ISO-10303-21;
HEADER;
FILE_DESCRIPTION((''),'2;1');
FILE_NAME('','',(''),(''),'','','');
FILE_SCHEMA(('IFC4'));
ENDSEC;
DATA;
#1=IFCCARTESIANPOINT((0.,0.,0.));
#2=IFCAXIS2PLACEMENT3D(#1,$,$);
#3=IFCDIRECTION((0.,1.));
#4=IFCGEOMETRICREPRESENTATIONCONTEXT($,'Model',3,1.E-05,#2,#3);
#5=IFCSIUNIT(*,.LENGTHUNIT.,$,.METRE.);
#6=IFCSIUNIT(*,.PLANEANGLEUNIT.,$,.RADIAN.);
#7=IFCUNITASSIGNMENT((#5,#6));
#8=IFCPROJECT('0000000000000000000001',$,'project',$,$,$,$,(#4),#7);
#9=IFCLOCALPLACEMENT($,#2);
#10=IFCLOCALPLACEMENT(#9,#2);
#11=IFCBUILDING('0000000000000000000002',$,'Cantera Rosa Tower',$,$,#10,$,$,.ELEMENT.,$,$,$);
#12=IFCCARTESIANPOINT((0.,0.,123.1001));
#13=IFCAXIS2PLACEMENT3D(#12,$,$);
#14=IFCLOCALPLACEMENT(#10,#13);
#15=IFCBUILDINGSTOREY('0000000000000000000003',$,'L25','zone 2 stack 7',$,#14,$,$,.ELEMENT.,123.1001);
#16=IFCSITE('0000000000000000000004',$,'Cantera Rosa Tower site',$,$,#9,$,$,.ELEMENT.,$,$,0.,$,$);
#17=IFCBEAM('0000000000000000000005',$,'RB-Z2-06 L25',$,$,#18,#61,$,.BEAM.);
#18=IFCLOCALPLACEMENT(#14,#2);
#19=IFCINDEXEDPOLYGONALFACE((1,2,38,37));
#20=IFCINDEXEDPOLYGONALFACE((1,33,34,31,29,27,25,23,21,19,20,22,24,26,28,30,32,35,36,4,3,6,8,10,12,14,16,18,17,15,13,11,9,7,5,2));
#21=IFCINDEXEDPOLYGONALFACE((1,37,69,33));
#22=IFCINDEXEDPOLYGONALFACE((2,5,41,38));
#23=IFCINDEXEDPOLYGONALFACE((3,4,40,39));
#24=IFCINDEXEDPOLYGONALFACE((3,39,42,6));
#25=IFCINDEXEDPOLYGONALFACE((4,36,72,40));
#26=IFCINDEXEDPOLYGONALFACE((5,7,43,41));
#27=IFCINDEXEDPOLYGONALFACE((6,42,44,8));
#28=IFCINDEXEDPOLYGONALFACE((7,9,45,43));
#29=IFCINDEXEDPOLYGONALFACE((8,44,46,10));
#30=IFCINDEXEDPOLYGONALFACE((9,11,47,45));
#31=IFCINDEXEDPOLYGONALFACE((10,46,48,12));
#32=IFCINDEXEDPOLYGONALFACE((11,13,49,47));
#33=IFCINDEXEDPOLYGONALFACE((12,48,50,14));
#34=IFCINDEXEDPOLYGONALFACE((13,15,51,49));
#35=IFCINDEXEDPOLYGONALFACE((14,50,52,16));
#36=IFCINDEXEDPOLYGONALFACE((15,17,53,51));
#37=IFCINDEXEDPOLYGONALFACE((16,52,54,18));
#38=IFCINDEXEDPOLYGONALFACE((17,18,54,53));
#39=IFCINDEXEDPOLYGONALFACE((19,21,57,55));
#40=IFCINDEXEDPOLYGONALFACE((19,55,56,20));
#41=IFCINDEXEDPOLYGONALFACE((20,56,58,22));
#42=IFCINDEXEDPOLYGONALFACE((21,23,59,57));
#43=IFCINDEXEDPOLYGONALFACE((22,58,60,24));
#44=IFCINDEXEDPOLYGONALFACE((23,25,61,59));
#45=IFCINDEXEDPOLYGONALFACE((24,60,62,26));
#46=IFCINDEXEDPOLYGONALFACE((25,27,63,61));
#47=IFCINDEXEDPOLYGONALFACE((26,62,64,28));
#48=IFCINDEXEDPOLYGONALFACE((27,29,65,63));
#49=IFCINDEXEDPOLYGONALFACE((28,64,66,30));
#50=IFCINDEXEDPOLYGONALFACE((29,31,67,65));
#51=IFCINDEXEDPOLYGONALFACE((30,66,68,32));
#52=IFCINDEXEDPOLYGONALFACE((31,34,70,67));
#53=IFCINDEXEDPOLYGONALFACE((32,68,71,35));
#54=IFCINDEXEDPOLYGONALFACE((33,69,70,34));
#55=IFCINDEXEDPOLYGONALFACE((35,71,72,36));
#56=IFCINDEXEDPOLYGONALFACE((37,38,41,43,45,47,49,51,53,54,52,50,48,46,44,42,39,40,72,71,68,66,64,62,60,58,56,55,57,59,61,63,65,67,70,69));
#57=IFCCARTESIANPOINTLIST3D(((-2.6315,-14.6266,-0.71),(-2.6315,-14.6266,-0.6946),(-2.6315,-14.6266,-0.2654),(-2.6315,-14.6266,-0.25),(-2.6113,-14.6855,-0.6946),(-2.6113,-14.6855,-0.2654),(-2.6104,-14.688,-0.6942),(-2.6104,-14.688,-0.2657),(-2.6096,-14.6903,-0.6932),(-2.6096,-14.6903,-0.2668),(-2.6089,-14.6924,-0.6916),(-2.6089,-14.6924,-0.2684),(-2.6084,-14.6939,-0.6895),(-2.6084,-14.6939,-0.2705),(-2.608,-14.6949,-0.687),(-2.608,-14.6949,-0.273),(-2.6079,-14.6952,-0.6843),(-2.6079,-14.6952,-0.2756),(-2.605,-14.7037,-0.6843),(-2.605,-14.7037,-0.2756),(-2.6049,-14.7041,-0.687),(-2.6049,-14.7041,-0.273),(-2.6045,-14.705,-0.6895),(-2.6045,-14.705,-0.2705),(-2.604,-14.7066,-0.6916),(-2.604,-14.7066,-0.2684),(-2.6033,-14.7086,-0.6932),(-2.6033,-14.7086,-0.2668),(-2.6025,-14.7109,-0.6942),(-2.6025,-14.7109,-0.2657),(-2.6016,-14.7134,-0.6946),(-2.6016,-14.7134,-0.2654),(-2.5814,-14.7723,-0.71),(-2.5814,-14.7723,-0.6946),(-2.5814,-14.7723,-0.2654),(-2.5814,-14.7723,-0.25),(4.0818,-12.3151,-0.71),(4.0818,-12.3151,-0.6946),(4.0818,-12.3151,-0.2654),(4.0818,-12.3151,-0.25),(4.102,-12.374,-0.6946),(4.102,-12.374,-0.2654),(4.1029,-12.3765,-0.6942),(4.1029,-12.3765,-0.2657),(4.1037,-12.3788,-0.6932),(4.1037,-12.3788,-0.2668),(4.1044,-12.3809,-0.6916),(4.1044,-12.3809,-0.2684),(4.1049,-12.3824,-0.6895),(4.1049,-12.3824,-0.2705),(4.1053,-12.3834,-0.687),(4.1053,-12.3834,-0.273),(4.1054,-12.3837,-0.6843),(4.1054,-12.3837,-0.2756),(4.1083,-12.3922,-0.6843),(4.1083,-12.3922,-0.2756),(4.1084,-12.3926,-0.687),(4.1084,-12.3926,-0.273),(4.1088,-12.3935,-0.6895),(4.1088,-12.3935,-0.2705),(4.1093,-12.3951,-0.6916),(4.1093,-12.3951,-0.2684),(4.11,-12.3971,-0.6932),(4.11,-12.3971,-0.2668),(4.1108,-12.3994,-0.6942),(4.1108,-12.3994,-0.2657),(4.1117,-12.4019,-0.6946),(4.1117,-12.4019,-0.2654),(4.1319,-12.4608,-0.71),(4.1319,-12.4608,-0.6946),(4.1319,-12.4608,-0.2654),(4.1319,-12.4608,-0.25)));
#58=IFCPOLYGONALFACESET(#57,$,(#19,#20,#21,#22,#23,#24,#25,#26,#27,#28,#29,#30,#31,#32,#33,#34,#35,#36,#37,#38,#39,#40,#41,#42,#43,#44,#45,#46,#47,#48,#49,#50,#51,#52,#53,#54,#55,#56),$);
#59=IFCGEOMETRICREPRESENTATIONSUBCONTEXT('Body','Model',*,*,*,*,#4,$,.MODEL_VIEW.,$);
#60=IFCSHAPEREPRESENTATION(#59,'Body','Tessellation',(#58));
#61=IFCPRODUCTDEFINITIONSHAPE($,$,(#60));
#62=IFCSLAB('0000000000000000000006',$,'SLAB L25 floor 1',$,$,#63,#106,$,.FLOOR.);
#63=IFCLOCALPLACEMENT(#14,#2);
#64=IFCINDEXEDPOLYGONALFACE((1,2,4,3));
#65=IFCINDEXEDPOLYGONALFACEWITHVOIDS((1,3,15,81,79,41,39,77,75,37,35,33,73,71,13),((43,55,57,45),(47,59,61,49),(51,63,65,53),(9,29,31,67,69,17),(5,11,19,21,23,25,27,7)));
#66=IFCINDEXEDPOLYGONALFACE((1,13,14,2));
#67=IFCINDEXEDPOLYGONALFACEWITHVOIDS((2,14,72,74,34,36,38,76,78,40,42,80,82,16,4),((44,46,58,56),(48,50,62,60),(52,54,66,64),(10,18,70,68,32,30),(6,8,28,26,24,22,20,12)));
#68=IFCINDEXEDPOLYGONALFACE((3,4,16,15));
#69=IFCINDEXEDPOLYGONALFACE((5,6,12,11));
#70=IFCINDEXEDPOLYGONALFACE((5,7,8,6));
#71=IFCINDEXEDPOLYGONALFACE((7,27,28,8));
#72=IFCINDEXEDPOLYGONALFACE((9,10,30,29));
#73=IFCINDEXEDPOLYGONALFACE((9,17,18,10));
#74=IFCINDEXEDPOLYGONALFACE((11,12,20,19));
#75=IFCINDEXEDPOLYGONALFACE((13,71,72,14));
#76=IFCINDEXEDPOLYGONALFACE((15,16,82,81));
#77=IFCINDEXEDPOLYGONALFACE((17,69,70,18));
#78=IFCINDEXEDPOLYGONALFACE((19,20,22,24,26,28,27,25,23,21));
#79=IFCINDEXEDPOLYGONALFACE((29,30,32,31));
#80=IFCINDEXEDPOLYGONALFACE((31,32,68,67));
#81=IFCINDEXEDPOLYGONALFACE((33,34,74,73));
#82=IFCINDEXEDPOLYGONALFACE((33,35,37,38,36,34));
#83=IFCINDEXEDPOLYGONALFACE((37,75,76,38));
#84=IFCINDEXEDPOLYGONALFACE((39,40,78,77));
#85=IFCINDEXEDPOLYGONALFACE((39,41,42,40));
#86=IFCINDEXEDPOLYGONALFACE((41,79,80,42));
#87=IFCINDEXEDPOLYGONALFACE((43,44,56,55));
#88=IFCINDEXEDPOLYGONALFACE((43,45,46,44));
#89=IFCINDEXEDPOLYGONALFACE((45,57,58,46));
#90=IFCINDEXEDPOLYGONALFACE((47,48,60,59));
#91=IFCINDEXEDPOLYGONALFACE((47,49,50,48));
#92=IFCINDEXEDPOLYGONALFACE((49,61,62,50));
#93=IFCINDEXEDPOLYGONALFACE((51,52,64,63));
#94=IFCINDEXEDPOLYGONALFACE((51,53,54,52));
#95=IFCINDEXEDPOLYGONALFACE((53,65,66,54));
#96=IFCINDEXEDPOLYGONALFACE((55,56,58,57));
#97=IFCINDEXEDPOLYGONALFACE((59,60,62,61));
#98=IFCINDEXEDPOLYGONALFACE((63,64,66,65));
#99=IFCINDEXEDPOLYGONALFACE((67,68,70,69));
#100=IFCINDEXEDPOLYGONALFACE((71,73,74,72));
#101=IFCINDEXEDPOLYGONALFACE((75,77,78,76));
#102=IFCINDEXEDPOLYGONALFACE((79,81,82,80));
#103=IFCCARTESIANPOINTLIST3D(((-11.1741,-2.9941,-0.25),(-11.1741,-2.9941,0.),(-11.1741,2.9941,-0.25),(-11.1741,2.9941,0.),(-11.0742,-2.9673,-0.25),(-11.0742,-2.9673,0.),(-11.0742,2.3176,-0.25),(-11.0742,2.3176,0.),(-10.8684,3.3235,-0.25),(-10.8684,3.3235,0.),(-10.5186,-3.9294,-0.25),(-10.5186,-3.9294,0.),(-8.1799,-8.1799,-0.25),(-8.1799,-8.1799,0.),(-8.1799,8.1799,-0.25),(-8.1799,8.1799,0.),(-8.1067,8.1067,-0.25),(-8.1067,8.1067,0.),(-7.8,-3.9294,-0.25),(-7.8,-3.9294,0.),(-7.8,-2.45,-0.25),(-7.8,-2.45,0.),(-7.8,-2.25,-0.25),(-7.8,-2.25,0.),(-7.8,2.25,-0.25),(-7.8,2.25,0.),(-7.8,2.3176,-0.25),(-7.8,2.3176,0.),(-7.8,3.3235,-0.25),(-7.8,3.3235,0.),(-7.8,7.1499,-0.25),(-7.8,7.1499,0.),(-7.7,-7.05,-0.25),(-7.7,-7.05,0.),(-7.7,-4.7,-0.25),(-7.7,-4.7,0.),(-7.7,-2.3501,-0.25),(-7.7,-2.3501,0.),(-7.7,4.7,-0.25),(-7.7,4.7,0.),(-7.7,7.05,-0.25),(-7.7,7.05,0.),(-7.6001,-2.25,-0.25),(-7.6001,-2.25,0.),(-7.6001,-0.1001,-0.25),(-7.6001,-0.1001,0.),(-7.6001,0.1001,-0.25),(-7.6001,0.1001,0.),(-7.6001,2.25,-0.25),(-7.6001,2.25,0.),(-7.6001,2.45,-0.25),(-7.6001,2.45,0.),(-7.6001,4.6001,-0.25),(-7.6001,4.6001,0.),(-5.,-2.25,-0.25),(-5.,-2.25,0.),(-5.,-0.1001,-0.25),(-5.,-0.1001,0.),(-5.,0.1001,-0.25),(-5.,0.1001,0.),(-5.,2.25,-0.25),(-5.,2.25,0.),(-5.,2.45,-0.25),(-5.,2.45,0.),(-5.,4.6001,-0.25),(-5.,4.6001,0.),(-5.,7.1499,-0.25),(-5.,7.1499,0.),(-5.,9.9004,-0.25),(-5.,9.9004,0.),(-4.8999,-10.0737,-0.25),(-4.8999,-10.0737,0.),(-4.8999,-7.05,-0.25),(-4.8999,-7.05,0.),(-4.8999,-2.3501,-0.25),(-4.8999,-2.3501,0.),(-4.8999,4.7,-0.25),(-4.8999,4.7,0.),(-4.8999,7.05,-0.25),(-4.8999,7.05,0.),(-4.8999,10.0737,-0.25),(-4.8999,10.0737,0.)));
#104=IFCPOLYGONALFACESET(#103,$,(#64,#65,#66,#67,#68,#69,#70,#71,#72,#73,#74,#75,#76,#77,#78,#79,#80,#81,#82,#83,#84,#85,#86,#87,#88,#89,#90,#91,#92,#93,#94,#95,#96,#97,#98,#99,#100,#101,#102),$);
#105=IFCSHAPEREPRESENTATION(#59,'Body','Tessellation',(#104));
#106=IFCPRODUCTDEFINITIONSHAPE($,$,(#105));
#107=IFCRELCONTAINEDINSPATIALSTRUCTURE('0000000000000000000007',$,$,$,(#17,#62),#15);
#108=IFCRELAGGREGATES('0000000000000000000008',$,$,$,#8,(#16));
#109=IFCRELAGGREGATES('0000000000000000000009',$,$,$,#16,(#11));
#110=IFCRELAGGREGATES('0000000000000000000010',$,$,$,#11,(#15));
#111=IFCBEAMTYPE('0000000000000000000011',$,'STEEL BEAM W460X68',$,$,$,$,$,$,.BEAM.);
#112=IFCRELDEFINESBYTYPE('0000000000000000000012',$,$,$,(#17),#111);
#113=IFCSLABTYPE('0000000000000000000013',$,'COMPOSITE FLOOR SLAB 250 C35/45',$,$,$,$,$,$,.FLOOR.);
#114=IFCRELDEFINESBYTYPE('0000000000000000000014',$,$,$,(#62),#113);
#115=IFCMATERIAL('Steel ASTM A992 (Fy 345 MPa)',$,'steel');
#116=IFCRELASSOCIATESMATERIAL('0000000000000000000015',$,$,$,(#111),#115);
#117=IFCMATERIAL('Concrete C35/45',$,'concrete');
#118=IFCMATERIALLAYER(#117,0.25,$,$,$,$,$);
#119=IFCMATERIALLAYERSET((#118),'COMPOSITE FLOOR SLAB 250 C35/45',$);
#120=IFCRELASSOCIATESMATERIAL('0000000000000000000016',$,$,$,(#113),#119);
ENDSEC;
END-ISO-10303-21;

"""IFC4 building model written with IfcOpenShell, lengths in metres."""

from ifc_helpers import new_model, si_unit, direction, frame, origin, origin_2d, place, context, subcontext, project, spatial, polyline, i_section, outline, extrude, material, layer, layer_set, material_profile, profile_set, type_object, element, save


model = new_model("IFC4")

# Units and contexts
model_context = context("Model", 3, precision=1e-05, world=origin(), true_north=direction((0.0, 1.0)))
body_context = subcontext(model_context, "Body", "Model", "MODEL_VIEW")
ifc_project = project(units=[si_unit("LENGTHUNIT", "METRE"), si_unit("PLANEANGLEUNIT", "RADIAN")], contexts=[model_context])

# Site, building, storey
site_placement = place(None, origin())
site = spatial("IfcSite", under=ifc_project, at=site_placement, Name="Cantera Rosa Tower site", CompositionType="ELEMENT", RefElevation=0.0)
building_placement = place(site_placement, origin())
building = spatial("IfcBuilding", under=site, at=building_placement, Name="Cantera Rosa Tower", CompositionType="ELEMENT")
storey_placement = place(building_placement, frame((0.0, 0.0, 123.1001)))
storey = spatial("IfcBuildingStorey", under=building, at=storey_placement, Name="L25", Description="zone 2 stack 7", CompositionType="ELEMENT", Elevation=123.1001)

# Beam
ifc_material_1 = material(Name="Steel ASTM A992 (Fy 345 MPa)", Category="steel")
ifc_material_profile = material_profile(ifc_material_1, i_section(OverallWidth=0.1541, OverallDepth=0.46, WebThickness=0.009, FlangeThickness=0.0154, FilletRadius=0.0103, at=origin_2d()), Name="W460X68")
ifc_profile_set = profile_set([ifc_material_profile], Name="Steel ASTM A992 (Fy 345 MPa)")
beam_type = type_object("IfcBeamType", Name="STEEL BEAM W460X68", PredefinedType="BEAM", material=ifc_profile_set)
beam_placement = place(storey_placement, frame((-2.6064, -14.6995, -0.48), z_axis=(0.945522, 0.325558, 0.0), x_axis=(-0.325558, 0.945522, 0.0)))
element("IfcBeam", 1, at=beam_placement, inside=storey, type_object=beam_type, Name="RB-Z2-06 L25", PredefinedType="BEAM", context=body_context, shape_type="SweptSolid", body=[
    extrude(i_section(OverallWidth=0.1541, OverallDepth=0.46, WebThickness=0.009, FlangeThickness=0.0154, FilletRadius=0.0103, at=origin_2d()), origin(), (0.0, 0.0, 1.0), 7.1001),
])

# Slab
ifc_material_2 = material(Name="Concrete C35/45", Category="concrete")
ifc_layer_1 = layer(ifc_material_2, 0.25)
ifc_layer_set_1 = layer_set([ifc_layer_1], Name="COMPOSITE FLOOR SLAB 250 C35/45")
slab_type_1 = type_object("IfcSlabType", Name="COMPOSITE FLOOR SLAB 250 C35/45", PredefinedType="FLOOR", material=ifc_layer_set_1)
slab_1_placement = place(storey_placement, frame((0.0, 0.0, -0.25)))
element("IfcSlab", 2, at=slab_1_placement, inside=storey, type_object=slab_type_1, Name="SLAB L25 floor 1", PredefinedType="FLOOR", context=body_context, shape_type="SweptSolid", body=[
    extrude(outline(polyline([(-7.7, -4.7), (-7.7, -7.05), (-4.8999, -7.05), (-4.8999, -10.0737), (-8.1799, -8.1799), (-11.1741, -2.9941), (-11.1741, 2.9941), (-8.1799, 8.1799), (-4.8999, 10.0737), (-4.8999, 7.05), (-7.7, 7.05), (-7.7, 4.7), (-4.8999, 4.7), (-4.8999, -2.3501), (-7.7, -2.3501), (-7.7, -4.7)]), holes=[polyline([(-5.0, -2.25), (-5.0, -0.1001), (-7.6001, -0.1001), (-7.6001, -2.25), (-5.0, -2.25)]), polyline([(-10.5186, -3.9294), (-7.8, -3.9294), (-7.8, -2.45), (-7.8, -2.25), (-7.8, 2.25), (-7.8, 2.3176), (-11.0742, 2.3176), (-11.0742, -2.9673), (-10.5186, -3.9294)]), polyline([(-5.0, 0.1001), (-5.0, 2.25), (-7.6001, 2.25), (-7.6001, 0.1001), (-5.0, 0.1001)]), polyline([(-5.0, 2.45), (-5.0, 4.6001), (-7.6001, 4.6001), (-7.6001, 2.45), (-5.0, 2.45)]), polyline([(-7.8, 3.3235), (-7.8, 7.1499), (-5.0, 7.1499), (-5.0, 9.9004), (-8.1067, 8.1067), (-10.8684, 3.3235), (-7.8, 3.3235)])]), origin(), (0.0, 0.0, 1.0), 0.25),
])

save(model, "model.ifc")
